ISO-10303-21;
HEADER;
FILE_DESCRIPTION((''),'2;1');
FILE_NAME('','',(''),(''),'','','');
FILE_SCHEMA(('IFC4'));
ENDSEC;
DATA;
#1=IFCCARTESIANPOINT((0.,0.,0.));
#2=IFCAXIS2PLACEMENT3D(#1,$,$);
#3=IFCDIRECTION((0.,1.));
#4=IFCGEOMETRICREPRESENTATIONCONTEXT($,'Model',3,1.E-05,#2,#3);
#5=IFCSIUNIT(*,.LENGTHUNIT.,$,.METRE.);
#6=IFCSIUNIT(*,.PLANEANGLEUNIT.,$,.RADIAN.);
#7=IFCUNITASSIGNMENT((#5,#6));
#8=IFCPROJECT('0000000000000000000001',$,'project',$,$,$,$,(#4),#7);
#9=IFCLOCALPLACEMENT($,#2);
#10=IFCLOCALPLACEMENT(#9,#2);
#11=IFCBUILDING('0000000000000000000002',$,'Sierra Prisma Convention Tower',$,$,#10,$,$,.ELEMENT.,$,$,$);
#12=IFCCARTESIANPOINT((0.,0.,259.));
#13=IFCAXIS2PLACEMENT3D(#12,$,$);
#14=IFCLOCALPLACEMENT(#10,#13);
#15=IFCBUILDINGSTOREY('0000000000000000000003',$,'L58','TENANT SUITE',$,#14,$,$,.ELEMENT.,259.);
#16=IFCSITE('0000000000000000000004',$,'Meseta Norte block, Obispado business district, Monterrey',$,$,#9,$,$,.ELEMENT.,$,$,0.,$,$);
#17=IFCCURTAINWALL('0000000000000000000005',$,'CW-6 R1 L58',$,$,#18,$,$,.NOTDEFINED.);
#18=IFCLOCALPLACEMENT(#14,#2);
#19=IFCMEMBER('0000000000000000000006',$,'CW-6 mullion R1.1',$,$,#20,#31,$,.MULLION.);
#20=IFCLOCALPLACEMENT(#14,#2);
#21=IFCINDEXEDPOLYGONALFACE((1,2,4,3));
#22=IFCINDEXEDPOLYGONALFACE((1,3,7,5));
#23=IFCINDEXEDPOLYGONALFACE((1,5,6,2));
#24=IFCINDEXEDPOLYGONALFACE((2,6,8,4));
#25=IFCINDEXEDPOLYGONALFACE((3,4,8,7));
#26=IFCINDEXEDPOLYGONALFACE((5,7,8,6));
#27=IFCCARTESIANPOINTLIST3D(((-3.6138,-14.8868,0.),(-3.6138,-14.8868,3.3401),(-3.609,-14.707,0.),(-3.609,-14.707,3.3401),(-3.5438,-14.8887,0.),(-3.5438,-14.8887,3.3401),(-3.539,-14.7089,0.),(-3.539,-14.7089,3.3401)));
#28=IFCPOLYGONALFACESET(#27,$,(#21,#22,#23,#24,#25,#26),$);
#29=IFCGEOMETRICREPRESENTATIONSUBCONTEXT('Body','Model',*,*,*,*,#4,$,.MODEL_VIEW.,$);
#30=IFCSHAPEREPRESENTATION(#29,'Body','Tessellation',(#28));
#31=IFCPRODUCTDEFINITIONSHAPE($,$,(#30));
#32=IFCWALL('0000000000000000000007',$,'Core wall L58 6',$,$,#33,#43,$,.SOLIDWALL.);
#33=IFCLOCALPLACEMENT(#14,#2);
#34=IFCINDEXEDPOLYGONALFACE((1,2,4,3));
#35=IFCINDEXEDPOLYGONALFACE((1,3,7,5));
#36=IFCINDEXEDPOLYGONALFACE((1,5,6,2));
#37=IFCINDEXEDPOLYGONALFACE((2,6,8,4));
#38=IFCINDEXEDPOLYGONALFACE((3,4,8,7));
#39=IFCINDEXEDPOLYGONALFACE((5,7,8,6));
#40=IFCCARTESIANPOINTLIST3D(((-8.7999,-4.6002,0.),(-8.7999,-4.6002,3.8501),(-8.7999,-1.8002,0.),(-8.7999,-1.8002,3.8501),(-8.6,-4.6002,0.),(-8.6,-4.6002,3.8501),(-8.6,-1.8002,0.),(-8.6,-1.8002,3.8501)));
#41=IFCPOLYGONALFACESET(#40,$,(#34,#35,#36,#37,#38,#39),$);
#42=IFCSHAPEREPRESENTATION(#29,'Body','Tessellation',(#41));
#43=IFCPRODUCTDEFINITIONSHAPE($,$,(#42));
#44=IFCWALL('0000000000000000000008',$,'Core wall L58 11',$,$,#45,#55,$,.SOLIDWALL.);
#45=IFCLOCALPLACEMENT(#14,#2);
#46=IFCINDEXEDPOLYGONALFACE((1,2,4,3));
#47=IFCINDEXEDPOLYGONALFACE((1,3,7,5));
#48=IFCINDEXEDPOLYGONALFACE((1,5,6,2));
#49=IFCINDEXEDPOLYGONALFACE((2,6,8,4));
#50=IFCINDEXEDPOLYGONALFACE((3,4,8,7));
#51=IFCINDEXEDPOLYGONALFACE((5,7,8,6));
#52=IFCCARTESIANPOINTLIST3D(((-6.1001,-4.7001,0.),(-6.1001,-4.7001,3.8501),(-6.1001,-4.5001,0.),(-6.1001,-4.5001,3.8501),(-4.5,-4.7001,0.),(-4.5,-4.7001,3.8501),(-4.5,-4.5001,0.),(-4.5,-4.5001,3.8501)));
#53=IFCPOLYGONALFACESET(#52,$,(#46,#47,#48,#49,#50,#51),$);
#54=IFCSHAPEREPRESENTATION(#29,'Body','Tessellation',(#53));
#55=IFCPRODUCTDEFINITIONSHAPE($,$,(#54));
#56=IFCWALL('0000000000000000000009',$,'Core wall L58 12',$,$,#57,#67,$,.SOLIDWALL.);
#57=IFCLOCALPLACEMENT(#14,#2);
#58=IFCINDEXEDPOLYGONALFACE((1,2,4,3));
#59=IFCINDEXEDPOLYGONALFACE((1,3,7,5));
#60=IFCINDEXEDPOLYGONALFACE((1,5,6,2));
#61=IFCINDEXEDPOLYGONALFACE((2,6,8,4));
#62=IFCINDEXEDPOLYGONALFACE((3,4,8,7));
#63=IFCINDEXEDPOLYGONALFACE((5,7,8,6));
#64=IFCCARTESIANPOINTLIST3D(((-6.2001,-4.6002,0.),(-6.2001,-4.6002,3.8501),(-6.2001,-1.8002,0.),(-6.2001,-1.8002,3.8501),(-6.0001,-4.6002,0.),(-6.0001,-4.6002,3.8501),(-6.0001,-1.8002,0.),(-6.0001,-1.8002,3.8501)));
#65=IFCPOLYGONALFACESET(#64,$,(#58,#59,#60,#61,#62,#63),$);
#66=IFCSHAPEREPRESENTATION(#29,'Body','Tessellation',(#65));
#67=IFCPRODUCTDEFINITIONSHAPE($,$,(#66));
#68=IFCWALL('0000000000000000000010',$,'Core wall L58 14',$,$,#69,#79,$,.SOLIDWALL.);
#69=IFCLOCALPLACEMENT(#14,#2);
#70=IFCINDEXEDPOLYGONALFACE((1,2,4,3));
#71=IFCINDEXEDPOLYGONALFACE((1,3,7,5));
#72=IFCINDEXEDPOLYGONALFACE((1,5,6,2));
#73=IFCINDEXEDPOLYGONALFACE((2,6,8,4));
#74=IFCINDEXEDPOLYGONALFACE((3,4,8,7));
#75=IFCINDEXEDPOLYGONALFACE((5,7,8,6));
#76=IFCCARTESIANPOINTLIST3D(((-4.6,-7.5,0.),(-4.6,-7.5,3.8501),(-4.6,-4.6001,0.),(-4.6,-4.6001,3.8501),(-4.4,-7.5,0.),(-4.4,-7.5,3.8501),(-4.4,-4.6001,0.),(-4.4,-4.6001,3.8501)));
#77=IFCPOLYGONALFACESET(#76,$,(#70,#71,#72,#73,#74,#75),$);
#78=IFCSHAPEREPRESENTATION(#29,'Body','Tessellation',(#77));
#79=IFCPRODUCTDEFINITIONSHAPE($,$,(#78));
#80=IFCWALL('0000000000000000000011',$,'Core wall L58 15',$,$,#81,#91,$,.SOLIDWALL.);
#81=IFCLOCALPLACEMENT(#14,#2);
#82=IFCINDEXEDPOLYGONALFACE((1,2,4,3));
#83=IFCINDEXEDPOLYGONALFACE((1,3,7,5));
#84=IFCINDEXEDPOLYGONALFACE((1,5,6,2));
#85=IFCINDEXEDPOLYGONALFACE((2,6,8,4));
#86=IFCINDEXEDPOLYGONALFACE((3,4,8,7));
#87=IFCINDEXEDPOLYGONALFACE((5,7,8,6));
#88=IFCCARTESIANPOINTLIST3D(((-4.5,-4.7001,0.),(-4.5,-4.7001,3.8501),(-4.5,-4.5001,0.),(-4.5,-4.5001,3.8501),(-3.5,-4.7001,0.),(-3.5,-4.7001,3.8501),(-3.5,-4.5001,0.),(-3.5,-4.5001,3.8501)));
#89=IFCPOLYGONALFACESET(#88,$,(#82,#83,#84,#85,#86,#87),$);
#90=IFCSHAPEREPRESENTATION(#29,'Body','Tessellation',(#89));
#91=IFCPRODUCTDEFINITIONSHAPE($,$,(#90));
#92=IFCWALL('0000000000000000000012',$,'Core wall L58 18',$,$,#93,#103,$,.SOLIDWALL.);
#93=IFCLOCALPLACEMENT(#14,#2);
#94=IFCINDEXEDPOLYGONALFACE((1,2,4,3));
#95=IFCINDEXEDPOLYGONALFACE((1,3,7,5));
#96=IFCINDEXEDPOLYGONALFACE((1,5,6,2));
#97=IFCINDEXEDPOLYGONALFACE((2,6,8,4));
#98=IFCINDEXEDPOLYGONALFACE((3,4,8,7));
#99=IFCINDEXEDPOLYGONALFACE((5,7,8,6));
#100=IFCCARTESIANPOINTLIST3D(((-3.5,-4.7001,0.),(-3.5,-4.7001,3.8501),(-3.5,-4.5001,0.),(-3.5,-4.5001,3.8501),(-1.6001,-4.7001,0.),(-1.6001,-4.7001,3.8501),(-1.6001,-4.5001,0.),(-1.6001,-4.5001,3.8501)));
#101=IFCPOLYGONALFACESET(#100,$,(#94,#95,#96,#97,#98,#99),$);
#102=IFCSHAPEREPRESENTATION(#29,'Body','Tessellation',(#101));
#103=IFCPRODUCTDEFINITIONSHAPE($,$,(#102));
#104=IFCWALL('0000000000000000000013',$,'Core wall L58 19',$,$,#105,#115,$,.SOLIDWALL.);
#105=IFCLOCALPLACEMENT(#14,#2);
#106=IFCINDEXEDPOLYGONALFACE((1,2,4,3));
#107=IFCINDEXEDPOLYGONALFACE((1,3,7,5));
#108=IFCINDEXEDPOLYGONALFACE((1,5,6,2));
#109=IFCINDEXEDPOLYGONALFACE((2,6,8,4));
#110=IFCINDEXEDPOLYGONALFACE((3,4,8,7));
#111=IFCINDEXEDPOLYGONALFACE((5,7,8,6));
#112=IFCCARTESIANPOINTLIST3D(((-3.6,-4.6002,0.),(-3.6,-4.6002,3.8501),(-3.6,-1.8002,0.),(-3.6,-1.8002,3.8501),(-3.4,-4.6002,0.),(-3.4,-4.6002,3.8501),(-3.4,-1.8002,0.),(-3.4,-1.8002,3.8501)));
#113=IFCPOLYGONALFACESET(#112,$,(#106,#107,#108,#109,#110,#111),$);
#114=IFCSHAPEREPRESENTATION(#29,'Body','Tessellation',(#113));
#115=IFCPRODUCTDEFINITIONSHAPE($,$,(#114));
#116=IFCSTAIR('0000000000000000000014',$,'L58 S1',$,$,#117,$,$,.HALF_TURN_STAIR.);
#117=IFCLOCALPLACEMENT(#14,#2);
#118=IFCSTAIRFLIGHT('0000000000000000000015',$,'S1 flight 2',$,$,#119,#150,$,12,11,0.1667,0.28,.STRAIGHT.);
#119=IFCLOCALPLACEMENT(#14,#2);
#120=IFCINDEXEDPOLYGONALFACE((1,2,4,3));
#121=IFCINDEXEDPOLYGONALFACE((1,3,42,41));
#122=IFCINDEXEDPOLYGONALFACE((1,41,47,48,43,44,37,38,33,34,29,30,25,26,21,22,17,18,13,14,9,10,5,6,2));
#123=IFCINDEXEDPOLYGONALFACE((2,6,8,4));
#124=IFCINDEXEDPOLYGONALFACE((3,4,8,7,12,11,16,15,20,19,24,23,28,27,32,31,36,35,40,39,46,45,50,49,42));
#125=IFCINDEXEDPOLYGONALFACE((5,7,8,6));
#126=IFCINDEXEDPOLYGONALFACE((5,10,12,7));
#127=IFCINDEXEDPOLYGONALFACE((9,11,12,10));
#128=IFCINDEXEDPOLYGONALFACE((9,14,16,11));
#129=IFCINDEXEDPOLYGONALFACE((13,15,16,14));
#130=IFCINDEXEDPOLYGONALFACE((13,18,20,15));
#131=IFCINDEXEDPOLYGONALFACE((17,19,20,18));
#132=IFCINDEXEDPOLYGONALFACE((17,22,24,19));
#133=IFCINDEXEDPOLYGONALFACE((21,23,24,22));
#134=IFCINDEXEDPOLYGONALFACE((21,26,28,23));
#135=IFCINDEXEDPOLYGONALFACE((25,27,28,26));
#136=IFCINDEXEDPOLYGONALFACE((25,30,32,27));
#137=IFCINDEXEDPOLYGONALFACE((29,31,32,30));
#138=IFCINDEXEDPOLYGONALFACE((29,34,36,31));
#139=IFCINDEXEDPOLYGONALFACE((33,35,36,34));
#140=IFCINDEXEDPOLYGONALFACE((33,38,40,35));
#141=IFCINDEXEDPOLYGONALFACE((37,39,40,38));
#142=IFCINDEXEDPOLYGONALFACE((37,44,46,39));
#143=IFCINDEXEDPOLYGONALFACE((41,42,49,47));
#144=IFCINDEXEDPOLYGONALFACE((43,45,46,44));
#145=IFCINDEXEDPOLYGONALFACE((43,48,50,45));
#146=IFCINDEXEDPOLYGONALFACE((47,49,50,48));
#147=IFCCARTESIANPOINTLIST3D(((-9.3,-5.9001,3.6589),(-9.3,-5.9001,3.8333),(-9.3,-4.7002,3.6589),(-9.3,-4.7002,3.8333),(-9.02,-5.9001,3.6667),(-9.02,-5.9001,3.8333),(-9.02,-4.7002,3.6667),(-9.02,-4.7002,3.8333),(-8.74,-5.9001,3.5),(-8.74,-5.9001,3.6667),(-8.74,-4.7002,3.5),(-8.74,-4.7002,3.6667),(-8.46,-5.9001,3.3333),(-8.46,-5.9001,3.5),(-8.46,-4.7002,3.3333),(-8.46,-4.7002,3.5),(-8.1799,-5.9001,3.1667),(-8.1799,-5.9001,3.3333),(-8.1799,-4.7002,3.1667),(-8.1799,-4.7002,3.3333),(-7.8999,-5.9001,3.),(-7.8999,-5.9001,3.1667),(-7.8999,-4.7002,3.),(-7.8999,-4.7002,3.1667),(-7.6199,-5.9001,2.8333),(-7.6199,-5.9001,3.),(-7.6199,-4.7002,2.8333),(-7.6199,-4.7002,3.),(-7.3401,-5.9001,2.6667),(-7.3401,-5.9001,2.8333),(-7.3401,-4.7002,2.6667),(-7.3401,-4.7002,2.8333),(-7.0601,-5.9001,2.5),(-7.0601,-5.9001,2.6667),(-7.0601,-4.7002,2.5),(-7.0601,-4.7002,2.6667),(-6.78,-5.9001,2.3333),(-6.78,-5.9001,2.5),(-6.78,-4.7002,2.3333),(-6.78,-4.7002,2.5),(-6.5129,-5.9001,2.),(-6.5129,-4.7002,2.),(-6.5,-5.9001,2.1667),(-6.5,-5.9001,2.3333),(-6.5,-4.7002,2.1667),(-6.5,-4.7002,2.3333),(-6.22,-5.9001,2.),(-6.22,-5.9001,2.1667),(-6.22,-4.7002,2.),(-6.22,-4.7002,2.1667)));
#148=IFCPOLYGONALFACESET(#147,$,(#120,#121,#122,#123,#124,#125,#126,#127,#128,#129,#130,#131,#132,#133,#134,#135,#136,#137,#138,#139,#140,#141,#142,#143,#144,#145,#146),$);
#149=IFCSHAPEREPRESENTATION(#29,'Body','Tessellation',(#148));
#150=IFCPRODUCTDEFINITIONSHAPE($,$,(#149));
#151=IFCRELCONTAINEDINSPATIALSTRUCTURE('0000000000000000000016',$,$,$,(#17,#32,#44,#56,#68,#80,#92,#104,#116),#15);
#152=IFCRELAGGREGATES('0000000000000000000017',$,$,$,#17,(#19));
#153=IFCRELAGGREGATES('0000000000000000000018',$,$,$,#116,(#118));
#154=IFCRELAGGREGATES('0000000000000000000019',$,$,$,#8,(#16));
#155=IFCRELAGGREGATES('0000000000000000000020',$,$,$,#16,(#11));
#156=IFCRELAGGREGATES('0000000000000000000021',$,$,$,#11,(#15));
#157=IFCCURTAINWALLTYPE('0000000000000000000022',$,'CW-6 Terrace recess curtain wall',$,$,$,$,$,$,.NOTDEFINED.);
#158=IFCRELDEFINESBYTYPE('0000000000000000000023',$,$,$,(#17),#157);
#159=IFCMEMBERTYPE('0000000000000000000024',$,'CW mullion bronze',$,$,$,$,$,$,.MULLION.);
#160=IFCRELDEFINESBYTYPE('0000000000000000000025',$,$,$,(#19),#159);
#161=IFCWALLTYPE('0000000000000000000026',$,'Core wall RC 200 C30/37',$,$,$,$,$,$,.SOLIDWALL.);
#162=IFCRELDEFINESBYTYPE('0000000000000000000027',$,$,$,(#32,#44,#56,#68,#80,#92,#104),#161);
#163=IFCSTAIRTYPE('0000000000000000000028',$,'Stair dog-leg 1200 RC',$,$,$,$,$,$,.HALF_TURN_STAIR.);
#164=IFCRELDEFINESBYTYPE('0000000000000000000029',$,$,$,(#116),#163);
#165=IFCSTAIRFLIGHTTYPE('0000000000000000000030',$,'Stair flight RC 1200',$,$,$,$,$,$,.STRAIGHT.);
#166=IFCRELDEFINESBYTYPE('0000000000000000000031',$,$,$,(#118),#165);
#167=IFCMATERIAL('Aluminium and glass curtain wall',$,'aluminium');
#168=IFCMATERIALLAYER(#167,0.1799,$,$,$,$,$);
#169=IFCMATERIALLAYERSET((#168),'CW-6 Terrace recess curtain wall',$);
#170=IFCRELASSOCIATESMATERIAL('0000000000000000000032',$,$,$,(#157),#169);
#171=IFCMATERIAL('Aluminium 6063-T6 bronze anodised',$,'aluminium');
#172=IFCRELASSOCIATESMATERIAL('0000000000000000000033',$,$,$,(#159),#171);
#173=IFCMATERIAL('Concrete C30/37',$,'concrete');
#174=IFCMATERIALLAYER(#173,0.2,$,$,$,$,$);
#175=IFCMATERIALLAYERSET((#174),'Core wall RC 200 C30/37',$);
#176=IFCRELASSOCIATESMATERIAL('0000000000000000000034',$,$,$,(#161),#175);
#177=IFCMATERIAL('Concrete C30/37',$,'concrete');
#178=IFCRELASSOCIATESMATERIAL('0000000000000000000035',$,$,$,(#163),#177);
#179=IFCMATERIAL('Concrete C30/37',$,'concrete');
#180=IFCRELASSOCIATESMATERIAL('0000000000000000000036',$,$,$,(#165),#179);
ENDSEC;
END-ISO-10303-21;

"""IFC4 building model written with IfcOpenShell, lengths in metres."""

from ifc_helpers import new_model, si_unit, direction, frame, frame_2d, origin, origin_2d, place, context, subcontext, project, spatial, polyline, rectangle, outline, extrude, material, layer, layer_set, material_profile, profile_set, type_object, element, aggregate, save


model = new_model("IFC4")

# Units and contexts
model_context = context("Model", 3, precision=1e-05, world=origin(), true_north=direction((0.0, 1.0)))
body_context = subcontext(model_context, "Body", "Model", "MODEL_VIEW")
ifc_project = project(units=[si_unit("LENGTHUNIT", "METRE"), si_unit("PLANEANGLEUNIT", "RADIAN")], contexts=[model_context])

# Site, building, storey
site_placement = place(None, origin())
site = spatial("IfcSite", under=ifc_project, at=site_placement, Name="Meseta Norte block, Obispado business district, Monterrey", CompositionType="ELEMENT", RefElevation=0.0)
building_placement = place(site_placement, origin())
building = spatial("IfcBuilding", under=site, at=building_placement, Name="Sierra Prisma Convention Tower", CompositionType="ELEMENT")
storey_placement = place(building_placement, frame((0.0, 0.0, 259.0)))
storey = spatial("IfcBuildingStorey", under=building, at=storey_placement, Name="L58", Description="TENANT SUITE", CompositionType="ELEMENT", Elevation=259.0)

# Curtain wall, member
ifc_material_1 = material(Name="Aluminium and glass curtain wall", Category="aluminium")
ifc_layer_1 = layer(ifc_material_1, 0.1799)
ifc_layer_set_1 = layer_set([ifc_layer_1], Name="CW-6 Terrace recess curtain wall")
curtain_wall_type = type_object("IfcCurtainWallType", Name="CW-6 Terrace recess curtain wall", PredefinedType="NOTDEFINED", material=ifc_layer_set_1)
curtain_wall_placement = place(storey_placement, origin())
curtain_wall = element("IfcCurtainWall", 1, at=curtain_wall_placement, inside=storey, type_object=curtain_wall_type, Name="CW-6 R1 L58", PredefinedType="NOTDEFINED")
ifc_material_2 = material(Name="Aluminium 6063-T6 bronze anodised", Category="aluminium")
ifc_material_profile = material_profile(ifc_material_2, rectangle(XDim=0.1799, YDim=0.0701, at=origin_2d()), Name="ALU MULLION 70x180")
ifc_profile_set = profile_set([ifc_material_profile], Name="Aluminium 6063-T6 bronze anodised")
member_type = type_object("IfcMemberType", Name="CW mullion bronze", PredefinedType="MULLION", material=ifc_profile_set)
member_placement = place(storey_placement, frame((-3.5764, -14.7979, 0.0), z_axis=(0.0, 0.0, 1.0), x_axis=(0.026791, 0.999641, 0.0)))
member = element("IfcMember", 2, at=member_placement, type_object=member_type, Name="CW-6 mullion R1.1", PredefinedType="MULLION", context=body_context, shape_type="SweptSolid", body=[
    extrude(rectangle(XDim=0.1799, YDim=0.0701, at=origin_2d()), origin(), (0.0, 0.0, 1.0), 3.3401),
])
aggregate(curtain_wall, [member])

# Walls
ifc_material_3 = material(Name="Concrete C30/37", Category="concrete")
ifc_layer_2 = layer(ifc_material_3, 0.2)
ifc_layer_set_2 = layer_set([ifc_layer_2], Name="Core wall RC 200 C30/37")
wall_type = type_object("IfcWallType", Name="Core wall RC 200 C30/37", PredefinedType="SOLIDWALL", material=ifc_layer_set_2)
wall_1_placement = place(storey_placement, frame((-8.7, -4.6001, 0.0), z_axis=(0.0, 0.0, 1.0), x_axis=(0.0, 1.0, 0.0)))
element("IfcWall", 3, at=wall_1_placement, inside=storey, type_object=wall_type, Name="Core wall L58 6", PredefinedType="SOLIDWALL", context=body_context, shape_type="SweptSolid", body=[
    extrude(rectangle(XDim=2.8, YDim=0.2, at=frame_2d((1.3999, 0.0))), origin(), (0.0, 0.0, 1.0), 3.8501),
])
wall_2_placement = place(storey_placement, frame((-6.1001, -4.6001, 0.0), z_axis=(0.0, 0.0, 1.0), x_axis=(1.0, 0.0, 0.0)))
element("IfcWall", 4, at=wall_2_placement, inside=storey, type_object=wall_type, Name="Core wall L58 11", PredefinedType="SOLIDWALL", context=body_context, shape_type="SweptSolid", body=[
    extrude(rectangle(XDim=1.6001, YDim=0.2, at=frame_2d((0.8, 0.0))), origin(), (0.0, 0.0, 1.0), 3.8501),
])
wall_3_placement = place(storey_placement, frame((-6.1001, -4.6001, 0.0), z_axis=(0.0, 0.0, 1.0), x_axis=(0.0, 1.0, 0.0)))
element("IfcWall", 5, at=wall_3_placement, inside=storey, type_object=wall_type, Name="Core wall L58 12", PredefinedType="SOLIDWALL", context=body_context, shape_type="SweptSolid", body=[
    extrude(rectangle(XDim=2.8, YDim=0.2, at=frame_2d((1.3999, 0.0))), origin(), (0.0, 0.0, 1.0), 3.8501),
])
wall_4_placement = place(storey_placement, frame((-4.5, -4.6001, 0.0), z_axis=(0.0, 0.0, 1.0), x_axis=(0.0, -1.0, 0.0)))
element("IfcWall", 6, at=wall_4_placement, inside=storey, type_object=wall_type, Name="Core wall L58 14", PredefinedType="SOLIDWALL", context=body_context, shape_type="SweptSolid", body=[
    extrude(rectangle(XDim=2.8999, YDim=0.2, at=frame_2d((1.45, 0.0))), origin(), (0.0, 0.0, 1.0), 3.8501),
])
wall_5_placement = place(storey_placement, frame((-4.5, -4.6001, 0.0), z_axis=(0.0, 0.0, 1.0), x_axis=(1.0, 0.0, 0.0)))
element("IfcWall", 7, at=wall_5_placement, inside=storey, type_object=wall_type, Name="Core wall L58 15", PredefinedType="SOLIDWALL", context=body_context, shape_type="SweptSolid", body=[
    extrude(rectangle(XDim=1.0, YDim=0.2, at=frame_2d((0.5, 0.0))), origin(), (0.0, 0.0, 1.0), 3.8501),
])
wall_6_placement = place(storey_placement, frame((-3.5, -4.6001, 0.0), z_axis=(0.0, 0.0, 1.0), x_axis=(1.0, 0.0, 0.0)))
element("IfcWall", 8, at=wall_6_placement, inside=storey, type_object=wall_type, Name="Core wall L58 18", PredefinedType="SOLIDWALL", context=body_context, shape_type="SweptSolid", body=[
    extrude(rectangle(XDim=1.8999, YDim=0.2, at=frame_2d((0.95, 0.0))), origin(), (0.0, 0.0, 1.0), 3.8501),
])
wall_7_placement = place(storey_placement, frame((-3.5, -4.6001, 0.0), z_axis=(0.0, 0.0, 1.0), x_axis=(0.0, 1.0, 0.0)))
element("IfcWall", 9, at=wall_7_placement, inside=storey, type_object=wall_type, Name="Core wall L58 19", PredefinedType="SOLIDWALL", context=body_context, shape_type="SweptSolid", body=[
    extrude(rectangle(XDim=2.8, YDim=0.2, at=frame_2d((1.3999, 0.0))), origin(), (0.0, 0.0, 1.0), 3.8501),
])

# Stair, stair flight
ifc_material_4 = material(Name="Concrete C30/37", Category="concrete")
stair_type = type_object("IfcStairType", Name="Stair dog-leg 1200 RC", PredefinedType="HALF_TURN_STAIR", material=ifc_material_4)
stair_placement = place(storey_placement, origin())
stair = element("IfcStair", 10, at=stair_placement, inside=storey, type_object=stair_type, Name="L58 S1", PredefinedType="HALF_TURN_STAIR")
ifc_material_5 = material(Name="Concrete C30/37", Category="concrete")
stair_flight_type = type_object("IfcStairFlightType", Name="Stair flight RC 1200", PredefinedType="STRAIGHT", material=ifc_material_5)
stair_flight_placement = place(storey_placement, frame((-6.22, -5.3, 2.0), z_axis=(0.0, 0.0, 1.0), x_axis=(-1.0, 0.0, 0.0)))
stair_flight = element("IfcStairFlight", 11, at=stair_flight_placement, type_object=stair_flight_type, Name="S1 flight 2", NumberOfRisers=12, NumberOfTreads=11, PredefinedType="STRAIGHT", RiserHeight=0.1667, TreadLength=0.28, context=body_context, shape_type="SweptSolid", body=[
    extrude(outline(polyline([(0.0, 0.0), (0.0, 0.1667), (0.28, 0.1667), (0.28, 0.3333), (0.5601, 0.3333), (0.5601, 0.5), (0.8401, 0.5), (0.8401, 0.6667), (1.1201, 0.6667), (1.1201, 0.8333), (1.3999, 0.8333), (1.3999, 1.0), (1.6799, 1.0), (1.6799, 1.1667), (1.96, 1.1667), (1.96, 1.3333), (2.24, 1.3333), (2.24, 1.5), (2.52, 1.5), (2.52, 1.6667), (2.8, 1.6667), (2.8, 1.8333), (3.0801, 1.8333), (3.0801, 2.0), (3.0801, 1.6589), (0.293, 0.0), (0.0, 0.0)])), frame((0.0, 0.6001, 0.0), z_axis=(0.0, -1.0, 0.0), x_axis=(1.0, 0.0, 0.0)), (0.0, 0.0, 1.0), 1.2),
])
aggregate(stair, [stair_flight])

save(model, "model.ifc")
